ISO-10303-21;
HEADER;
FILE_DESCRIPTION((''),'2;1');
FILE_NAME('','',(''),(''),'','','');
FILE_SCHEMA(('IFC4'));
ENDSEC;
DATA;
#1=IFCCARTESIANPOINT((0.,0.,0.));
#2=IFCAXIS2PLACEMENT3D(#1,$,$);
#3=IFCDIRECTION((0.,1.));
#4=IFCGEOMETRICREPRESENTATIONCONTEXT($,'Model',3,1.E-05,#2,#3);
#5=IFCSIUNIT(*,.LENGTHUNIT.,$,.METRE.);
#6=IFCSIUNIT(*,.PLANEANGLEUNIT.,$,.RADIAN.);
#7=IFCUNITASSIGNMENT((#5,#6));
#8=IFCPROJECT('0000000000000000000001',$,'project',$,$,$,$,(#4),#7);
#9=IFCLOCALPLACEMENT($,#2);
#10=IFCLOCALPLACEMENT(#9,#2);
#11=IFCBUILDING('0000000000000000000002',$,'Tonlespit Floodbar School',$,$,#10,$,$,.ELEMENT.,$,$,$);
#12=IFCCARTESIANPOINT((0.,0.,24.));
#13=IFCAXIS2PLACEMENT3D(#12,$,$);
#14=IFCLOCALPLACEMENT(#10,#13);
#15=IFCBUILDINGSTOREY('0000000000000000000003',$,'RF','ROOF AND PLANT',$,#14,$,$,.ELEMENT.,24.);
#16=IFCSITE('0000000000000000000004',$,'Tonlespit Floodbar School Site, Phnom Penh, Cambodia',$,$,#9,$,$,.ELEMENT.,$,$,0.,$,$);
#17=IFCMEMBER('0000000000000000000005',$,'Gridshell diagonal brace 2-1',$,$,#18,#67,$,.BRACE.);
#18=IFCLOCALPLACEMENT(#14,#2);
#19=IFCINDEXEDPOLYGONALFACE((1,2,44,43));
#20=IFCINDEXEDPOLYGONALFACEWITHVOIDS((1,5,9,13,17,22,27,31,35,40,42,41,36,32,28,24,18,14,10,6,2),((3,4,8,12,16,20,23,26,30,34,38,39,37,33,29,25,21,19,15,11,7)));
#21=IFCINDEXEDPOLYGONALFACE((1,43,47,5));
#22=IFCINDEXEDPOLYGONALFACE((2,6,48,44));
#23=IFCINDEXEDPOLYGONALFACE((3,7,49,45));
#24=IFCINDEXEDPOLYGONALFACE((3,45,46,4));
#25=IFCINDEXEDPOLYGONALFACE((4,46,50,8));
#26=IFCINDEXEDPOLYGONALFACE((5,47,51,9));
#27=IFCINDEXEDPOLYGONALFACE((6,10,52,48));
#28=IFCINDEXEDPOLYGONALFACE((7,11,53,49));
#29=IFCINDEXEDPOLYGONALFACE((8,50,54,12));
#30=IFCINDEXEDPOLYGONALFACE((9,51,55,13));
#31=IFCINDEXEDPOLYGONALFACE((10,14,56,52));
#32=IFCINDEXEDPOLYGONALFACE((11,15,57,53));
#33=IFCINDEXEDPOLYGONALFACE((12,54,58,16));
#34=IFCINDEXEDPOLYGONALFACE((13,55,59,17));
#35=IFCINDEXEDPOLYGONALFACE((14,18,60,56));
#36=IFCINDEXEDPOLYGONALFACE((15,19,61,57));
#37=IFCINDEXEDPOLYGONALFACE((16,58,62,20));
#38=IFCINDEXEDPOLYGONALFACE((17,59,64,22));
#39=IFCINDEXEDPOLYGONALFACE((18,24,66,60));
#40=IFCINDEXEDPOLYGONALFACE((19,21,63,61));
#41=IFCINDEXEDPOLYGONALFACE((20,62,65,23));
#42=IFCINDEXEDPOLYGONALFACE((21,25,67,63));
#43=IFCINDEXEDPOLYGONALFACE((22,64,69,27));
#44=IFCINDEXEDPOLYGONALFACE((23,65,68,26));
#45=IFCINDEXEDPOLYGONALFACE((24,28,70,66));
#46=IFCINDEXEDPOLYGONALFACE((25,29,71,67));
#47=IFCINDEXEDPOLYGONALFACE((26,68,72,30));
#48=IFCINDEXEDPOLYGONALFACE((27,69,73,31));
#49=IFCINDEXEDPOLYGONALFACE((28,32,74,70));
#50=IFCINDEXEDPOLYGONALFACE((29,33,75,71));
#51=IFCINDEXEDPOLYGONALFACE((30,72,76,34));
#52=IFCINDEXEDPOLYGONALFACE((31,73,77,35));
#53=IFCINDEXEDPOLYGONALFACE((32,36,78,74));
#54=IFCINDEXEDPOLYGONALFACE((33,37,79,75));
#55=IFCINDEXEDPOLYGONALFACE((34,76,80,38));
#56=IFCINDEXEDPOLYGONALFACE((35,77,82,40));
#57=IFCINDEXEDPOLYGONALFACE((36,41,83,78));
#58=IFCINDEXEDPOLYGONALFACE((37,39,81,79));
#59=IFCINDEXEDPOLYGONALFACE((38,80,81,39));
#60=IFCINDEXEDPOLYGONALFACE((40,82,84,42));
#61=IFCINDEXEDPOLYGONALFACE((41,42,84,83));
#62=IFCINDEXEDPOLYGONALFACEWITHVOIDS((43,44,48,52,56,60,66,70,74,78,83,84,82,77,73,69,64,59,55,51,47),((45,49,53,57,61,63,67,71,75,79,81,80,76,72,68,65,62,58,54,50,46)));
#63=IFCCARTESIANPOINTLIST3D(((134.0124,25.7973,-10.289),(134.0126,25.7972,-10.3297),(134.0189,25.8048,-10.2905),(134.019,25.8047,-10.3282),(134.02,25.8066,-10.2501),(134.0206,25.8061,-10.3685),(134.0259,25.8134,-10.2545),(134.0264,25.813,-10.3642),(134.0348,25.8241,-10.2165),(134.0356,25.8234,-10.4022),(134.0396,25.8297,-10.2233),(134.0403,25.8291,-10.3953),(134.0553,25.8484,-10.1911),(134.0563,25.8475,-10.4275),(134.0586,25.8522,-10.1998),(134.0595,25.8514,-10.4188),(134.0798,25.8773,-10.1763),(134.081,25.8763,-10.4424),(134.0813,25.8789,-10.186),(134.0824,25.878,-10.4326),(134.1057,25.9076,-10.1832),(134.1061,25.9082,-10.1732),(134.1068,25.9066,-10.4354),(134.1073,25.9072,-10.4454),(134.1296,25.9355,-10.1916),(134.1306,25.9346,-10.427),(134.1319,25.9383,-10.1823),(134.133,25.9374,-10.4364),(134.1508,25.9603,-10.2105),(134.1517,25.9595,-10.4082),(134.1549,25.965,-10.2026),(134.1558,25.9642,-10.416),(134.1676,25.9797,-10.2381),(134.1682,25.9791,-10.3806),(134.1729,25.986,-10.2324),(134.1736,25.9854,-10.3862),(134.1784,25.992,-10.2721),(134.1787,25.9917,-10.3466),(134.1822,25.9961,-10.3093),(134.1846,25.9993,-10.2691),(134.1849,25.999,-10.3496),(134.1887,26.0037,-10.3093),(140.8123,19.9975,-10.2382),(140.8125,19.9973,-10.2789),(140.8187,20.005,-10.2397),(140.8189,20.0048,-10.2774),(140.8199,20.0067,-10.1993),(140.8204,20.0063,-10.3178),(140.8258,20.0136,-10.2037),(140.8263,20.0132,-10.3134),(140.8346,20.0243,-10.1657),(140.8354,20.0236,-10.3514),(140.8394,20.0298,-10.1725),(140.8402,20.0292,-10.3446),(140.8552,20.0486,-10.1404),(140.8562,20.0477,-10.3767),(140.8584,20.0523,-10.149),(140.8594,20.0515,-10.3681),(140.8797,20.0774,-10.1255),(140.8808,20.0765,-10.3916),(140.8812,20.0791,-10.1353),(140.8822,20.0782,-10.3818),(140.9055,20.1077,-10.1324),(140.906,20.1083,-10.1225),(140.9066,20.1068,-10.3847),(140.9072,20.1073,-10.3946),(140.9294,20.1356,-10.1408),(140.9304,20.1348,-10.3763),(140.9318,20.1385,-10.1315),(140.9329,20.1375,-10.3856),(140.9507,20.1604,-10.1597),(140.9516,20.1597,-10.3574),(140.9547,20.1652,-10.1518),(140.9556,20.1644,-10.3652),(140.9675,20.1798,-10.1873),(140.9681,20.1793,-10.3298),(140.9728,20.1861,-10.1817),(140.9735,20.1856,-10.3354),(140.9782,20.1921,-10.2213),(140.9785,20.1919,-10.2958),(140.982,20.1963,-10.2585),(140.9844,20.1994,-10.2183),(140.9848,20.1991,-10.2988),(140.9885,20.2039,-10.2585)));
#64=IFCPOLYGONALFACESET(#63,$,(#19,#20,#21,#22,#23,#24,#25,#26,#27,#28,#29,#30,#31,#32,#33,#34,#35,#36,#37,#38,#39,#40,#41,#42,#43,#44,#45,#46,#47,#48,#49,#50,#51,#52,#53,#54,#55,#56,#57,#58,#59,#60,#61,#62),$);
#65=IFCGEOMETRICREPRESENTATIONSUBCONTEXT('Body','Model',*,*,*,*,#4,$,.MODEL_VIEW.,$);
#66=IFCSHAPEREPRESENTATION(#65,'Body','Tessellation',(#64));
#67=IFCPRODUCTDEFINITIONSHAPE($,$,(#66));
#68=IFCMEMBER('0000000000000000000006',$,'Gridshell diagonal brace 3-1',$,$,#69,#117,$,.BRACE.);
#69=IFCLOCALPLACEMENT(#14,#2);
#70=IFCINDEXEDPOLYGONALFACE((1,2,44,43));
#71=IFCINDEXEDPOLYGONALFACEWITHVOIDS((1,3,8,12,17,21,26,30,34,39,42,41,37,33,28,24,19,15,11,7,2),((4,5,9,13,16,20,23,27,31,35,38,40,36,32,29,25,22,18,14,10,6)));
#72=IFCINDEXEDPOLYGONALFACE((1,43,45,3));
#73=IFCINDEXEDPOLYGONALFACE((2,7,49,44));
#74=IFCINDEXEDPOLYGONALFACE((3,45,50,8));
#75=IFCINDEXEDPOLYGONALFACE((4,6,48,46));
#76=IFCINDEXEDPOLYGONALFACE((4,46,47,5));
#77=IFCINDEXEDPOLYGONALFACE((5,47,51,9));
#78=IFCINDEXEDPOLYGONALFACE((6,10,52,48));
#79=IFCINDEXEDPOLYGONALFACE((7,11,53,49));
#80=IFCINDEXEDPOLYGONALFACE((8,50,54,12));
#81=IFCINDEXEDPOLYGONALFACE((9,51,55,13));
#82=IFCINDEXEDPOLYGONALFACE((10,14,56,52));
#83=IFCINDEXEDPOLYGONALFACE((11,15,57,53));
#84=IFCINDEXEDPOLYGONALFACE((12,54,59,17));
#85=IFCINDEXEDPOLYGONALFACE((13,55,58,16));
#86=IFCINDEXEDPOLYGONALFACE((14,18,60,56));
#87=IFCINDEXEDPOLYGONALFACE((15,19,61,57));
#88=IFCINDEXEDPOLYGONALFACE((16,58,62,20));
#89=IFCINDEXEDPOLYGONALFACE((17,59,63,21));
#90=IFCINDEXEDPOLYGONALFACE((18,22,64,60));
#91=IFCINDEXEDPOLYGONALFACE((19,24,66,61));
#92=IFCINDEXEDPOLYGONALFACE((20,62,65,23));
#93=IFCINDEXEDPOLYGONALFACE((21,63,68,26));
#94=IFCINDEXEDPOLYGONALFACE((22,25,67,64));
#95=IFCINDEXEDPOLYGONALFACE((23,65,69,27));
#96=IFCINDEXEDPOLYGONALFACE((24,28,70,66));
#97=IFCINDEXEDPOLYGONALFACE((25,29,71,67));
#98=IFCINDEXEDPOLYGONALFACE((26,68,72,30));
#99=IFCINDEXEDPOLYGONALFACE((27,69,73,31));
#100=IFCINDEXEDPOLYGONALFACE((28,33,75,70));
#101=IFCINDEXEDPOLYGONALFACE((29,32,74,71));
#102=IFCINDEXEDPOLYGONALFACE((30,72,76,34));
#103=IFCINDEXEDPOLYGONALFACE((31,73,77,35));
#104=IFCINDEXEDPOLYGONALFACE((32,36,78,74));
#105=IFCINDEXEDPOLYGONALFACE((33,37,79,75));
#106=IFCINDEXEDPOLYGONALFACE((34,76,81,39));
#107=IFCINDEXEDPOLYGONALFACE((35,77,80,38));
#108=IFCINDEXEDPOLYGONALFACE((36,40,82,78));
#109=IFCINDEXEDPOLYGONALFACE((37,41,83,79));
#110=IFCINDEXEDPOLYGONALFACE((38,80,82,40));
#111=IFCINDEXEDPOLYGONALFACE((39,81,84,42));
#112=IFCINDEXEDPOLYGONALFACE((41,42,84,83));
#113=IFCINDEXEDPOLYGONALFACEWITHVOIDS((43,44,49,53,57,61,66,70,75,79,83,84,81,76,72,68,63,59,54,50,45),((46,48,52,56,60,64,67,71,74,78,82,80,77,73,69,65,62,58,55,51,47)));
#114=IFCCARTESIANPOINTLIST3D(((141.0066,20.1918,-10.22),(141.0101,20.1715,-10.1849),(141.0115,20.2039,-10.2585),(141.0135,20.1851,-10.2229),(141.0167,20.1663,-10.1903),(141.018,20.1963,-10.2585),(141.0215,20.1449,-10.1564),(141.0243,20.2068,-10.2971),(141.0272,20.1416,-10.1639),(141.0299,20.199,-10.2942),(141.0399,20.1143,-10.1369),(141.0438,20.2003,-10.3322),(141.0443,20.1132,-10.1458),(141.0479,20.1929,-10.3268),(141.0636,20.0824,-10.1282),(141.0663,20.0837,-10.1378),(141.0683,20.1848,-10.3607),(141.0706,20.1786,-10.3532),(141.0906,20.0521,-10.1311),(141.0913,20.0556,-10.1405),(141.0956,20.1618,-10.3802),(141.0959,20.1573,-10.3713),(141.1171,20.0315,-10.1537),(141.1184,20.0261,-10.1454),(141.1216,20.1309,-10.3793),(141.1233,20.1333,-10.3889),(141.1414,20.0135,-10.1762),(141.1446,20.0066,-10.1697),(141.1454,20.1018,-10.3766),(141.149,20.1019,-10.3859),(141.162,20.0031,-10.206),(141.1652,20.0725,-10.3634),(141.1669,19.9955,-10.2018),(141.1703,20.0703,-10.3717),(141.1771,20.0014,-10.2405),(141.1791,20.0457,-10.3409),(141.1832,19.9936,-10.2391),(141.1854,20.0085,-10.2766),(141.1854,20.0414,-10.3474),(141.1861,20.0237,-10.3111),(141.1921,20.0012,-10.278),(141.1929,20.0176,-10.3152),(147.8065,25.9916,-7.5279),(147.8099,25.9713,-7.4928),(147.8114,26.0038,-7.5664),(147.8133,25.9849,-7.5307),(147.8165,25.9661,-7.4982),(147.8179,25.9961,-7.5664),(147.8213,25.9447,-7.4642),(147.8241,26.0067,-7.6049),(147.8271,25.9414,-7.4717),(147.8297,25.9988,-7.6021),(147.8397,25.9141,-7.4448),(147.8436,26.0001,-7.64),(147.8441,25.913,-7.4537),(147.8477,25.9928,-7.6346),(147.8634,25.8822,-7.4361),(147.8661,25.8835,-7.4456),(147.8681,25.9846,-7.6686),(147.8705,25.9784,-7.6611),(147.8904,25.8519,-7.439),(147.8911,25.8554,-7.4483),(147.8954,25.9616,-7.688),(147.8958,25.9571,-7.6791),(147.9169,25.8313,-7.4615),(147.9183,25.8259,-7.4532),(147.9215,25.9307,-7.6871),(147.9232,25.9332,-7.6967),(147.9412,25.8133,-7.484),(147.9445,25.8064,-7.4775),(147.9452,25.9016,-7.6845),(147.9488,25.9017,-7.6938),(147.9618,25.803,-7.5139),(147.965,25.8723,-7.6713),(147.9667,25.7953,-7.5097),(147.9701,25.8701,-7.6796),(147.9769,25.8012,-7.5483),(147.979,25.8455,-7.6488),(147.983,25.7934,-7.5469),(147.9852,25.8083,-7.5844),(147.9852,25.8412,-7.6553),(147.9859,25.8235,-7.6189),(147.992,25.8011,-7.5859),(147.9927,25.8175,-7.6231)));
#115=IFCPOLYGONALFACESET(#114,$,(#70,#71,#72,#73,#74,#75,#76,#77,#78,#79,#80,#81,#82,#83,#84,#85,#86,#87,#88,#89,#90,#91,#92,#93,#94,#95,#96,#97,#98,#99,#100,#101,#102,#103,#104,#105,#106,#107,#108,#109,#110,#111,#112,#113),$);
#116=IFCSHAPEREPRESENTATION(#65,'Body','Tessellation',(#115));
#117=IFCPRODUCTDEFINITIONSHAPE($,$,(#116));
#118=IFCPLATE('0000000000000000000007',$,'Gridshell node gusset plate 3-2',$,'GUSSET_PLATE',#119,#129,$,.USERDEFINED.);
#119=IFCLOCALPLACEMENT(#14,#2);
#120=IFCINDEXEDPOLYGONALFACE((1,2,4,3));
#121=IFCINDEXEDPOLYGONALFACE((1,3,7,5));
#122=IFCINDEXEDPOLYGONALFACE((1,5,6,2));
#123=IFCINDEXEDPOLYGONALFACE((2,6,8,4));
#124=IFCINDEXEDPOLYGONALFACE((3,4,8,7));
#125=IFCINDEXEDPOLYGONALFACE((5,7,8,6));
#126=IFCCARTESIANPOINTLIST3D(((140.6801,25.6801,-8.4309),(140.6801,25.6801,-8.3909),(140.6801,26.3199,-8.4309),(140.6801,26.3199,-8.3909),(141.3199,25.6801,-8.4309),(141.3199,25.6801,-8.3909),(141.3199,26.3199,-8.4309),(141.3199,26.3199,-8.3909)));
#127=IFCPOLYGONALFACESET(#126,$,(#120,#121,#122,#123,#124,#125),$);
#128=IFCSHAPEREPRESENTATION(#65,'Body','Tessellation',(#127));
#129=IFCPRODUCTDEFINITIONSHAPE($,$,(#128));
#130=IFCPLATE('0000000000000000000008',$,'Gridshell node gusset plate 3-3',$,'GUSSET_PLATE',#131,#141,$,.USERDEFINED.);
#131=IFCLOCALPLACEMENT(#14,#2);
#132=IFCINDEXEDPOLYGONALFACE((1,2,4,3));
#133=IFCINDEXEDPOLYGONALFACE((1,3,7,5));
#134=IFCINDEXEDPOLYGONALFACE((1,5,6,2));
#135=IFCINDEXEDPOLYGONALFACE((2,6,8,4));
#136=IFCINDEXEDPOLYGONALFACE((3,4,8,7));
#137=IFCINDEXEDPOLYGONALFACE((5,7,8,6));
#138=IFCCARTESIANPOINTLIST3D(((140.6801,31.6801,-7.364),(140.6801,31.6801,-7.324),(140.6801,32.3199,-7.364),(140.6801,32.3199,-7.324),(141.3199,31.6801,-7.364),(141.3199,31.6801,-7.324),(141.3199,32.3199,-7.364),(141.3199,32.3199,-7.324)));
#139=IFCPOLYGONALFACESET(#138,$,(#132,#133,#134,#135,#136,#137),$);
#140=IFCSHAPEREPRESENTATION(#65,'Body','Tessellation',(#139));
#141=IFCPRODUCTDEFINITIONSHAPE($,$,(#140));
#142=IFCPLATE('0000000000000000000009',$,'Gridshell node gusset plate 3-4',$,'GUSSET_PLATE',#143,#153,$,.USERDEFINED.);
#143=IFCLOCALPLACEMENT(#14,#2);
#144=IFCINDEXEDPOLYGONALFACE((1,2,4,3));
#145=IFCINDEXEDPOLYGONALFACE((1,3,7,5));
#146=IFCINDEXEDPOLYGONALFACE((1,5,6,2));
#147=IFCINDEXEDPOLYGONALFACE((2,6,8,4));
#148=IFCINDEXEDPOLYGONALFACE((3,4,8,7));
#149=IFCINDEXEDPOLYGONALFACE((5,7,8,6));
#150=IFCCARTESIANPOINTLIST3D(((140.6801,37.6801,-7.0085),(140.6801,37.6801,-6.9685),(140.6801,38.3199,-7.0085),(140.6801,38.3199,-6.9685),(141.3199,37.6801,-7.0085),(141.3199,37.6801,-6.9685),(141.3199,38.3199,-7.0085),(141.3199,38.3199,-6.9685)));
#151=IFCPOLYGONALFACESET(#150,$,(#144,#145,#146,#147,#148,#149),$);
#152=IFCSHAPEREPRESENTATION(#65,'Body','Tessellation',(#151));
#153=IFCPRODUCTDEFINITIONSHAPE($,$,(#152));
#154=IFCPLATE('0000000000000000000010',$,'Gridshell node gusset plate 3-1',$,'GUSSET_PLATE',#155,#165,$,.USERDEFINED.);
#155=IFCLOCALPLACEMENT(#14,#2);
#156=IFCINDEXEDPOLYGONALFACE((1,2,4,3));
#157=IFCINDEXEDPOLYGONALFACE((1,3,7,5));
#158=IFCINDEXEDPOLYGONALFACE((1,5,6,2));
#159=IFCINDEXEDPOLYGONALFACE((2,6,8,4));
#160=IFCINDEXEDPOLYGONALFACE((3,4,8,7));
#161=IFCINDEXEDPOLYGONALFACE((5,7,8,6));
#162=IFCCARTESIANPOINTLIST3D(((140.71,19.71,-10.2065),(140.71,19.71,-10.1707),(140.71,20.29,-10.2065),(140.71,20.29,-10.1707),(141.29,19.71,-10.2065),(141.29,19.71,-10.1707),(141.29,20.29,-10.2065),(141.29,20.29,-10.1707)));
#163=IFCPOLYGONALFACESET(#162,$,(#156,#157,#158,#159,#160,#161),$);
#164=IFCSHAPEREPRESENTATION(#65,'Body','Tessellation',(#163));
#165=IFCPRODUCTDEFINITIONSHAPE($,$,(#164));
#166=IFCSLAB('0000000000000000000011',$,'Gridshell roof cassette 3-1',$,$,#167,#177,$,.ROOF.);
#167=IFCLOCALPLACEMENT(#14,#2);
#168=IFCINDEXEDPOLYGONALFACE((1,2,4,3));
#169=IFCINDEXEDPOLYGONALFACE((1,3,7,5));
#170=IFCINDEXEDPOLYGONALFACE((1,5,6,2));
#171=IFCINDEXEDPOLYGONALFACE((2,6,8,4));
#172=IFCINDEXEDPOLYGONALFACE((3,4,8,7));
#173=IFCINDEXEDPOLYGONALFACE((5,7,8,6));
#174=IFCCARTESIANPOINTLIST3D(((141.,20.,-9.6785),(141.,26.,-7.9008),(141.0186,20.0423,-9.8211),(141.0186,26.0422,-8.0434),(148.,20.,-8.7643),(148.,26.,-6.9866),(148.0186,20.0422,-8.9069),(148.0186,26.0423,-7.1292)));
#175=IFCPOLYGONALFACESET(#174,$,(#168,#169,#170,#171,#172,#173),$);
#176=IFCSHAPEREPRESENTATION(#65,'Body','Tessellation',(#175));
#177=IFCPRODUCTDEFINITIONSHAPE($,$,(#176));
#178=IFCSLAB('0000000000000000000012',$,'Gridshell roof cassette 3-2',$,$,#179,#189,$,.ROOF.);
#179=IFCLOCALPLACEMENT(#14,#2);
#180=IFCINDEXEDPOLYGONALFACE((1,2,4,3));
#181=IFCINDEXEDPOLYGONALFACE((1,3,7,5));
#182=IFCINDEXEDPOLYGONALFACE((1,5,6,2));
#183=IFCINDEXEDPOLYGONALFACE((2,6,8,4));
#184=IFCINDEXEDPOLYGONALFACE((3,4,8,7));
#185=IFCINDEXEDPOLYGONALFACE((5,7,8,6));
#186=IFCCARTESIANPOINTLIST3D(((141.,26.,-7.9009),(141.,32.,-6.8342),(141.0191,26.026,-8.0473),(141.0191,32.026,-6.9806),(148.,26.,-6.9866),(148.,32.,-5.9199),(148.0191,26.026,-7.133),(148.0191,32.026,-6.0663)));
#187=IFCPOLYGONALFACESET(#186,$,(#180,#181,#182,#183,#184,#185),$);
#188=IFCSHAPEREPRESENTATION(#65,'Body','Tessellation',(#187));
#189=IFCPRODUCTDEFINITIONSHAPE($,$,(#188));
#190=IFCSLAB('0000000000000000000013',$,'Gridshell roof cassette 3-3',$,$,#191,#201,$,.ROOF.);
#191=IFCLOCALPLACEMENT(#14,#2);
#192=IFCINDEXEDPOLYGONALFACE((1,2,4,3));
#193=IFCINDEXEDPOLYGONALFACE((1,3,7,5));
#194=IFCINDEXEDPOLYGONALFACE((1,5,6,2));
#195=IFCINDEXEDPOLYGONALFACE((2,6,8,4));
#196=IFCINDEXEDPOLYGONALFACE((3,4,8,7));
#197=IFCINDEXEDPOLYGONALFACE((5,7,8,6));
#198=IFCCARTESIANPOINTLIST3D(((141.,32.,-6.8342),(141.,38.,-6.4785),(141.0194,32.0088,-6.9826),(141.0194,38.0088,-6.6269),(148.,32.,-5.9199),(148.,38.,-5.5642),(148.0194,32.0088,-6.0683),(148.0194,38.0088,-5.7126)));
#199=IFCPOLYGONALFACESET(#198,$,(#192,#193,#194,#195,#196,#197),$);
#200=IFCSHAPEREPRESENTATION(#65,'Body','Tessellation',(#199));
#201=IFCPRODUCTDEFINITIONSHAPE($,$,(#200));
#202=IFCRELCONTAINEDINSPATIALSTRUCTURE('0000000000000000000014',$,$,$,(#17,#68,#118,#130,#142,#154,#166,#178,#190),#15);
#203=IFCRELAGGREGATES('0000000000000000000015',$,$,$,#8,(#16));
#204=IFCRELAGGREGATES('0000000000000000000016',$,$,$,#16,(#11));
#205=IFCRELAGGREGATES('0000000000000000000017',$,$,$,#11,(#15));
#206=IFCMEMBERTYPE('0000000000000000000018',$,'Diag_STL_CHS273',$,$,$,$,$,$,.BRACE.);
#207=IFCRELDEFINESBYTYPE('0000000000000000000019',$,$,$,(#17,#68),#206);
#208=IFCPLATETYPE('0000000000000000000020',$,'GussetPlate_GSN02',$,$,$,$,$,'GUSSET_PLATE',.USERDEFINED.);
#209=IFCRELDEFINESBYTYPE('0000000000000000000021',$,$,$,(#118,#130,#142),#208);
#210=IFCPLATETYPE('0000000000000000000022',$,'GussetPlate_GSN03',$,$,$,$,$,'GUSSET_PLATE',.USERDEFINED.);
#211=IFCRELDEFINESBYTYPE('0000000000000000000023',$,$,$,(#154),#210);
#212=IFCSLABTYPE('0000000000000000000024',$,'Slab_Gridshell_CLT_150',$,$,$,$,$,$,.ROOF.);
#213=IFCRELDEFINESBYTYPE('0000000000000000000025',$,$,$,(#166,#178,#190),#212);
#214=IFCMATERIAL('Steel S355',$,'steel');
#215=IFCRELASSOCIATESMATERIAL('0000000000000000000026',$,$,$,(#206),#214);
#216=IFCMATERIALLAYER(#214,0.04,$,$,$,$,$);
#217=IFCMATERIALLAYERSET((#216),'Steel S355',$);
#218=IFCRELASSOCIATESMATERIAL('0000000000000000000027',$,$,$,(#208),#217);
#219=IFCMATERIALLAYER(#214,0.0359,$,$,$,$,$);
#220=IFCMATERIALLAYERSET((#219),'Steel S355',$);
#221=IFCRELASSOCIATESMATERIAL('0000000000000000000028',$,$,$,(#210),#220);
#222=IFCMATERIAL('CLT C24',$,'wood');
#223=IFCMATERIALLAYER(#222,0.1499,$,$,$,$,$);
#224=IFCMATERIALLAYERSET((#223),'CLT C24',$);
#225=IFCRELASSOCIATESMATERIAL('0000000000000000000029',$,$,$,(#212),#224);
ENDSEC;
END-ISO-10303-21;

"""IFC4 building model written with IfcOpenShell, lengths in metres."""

from ifc_helpers import new_model, si_unit, direction, frame, origin, origin_2d, place, context, subcontext, project, spatial, polyline, rectangle, hollow_circle, outline, extrude, material, layer, layer_set, material_profile, profile_set, type_object, element, save


model = new_model("IFC4")

# Units and contexts
model_context = context("Model", 3, precision=1e-05, world=origin(), true_north=direction((0.0, 1.0)))
body_context = subcontext(model_context, "Body", "Model", "MODEL_VIEW")
ifc_project = project(units=[si_unit("LENGTHUNIT", "METRE"), si_unit("PLANEANGLEUNIT", "RADIAN")], contexts=[model_context])

# Site, building, storey
site_placement = place(None, origin())
site = spatial("IfcSite", under=ifc_project, at=site_placement, Name="Tonlespit Floodbar School Site, Phnom Penh, Cambodia", CompositionType="ELEMENT", RefElevation=0.0)
building_placement = place(site_placement, origin())
building = spatial("IfcBuilding", under=site, at=building_placement, Name="Tonlespit Floodbar School", CompositionType="ELEMENT")
storey_placement = place(building_placement, frame((0.0, 0.0, 24.0)))
storey = spatial("IfcBuildingStorey", under=building, at=storey_placement, Name="RF", Description="ROOF AND PLANT", CompositionType="ELEMENT", Elevation=24.0)

# Members
ifc_material_1 = material(Name="Steel S355", Category="steel")
ifc_material_profile_1 = material_profile(ifc_material_1, hollow_circle(Radius=0.1365, WallThickness=0.01, at=origin_2d()), Name="CHS 273x10")
ifc_profile_set_1 = profile_set([ifc_material_profile_1], Name="Steel S355")
member_type_1 = type_object("IfcMemberType", Name="Diag_STL_CHS273", PredefinedType="BRACE", material=ifc_profile_set_1)
member_1_placement = place(storey_placement, frame((134.1001, 25.8999, -10.3093), z_axis=(0.760823, -0.648934, 0.005682), x_axis=(0.648945, 0.760836, 0.0)))
element("IfcMember", 1, at=member_1_placement, inside=storey, type_object=member_type_1, Name="Gridshell diagonal brace 2-1", PredefinedType="BRACE", context=body_context, shape_type="SweptSolid", body=[
    extrude(hollow_circle(Radius=0.1365, WallThickness=0.01, at=origin_2d()), origin(), (0.0, 0.0, 1.0), 8.9375),
])
member_2_placement = place(storey_placement, frame((141.1001, 20.1001, -10.2585), z_axis=(0.728502, 0.621366, 0.288424), x_axis=(-0.648945, 0.760836, 0.0)))
element("IfcMember", 2, at=member_2_placement, inside=storey, type_object=member_type_1, Name="Gridshell diagonal brace 3-1", PredefinedType="BRACE", context=body_context, shape_type="SweptSolid", body=[
    extrude(hollow_circle(Radius=0.1365, WallThickness=0.01, at=origin_2d()), origin(), (0.0, 0.0, 1.0), 9.334),
])

# Plates
ifc_layer_1 = layer(ifc_material_1, 0.04)
ifc_layer_set_1 = layer_set([ifc_layer_1], Name="Steel S355")
plate_type_1 = type_object("IfcPlateType", Name="GussetPlate_GSN02", ElementType="GUSSET_PLATE", PredefinedType="USERDEFINED", material=ifc_layer_set_1)
for number, where, z_axis, x_axis, name in (
    (3, (141.0, 26.0, -8.4309), (0.0, 0.0, 1.0), (1.0, 0.0, 0.0), "Gridshell node gusset plate 3-2"),
    (4, (141.0, 32.0, -7.364), (0.0, 0.0, 1.0), (1.0, 0.0, 0.0), "Gridshell node gusset plate 3-3"),
    (5, (141.0, 38.0, -7.0085), (0.0, 0.0, 1.0), (1.0, 0.0, 0.0), "Gridshell node gusset plate 3-4"),
):
    element("IfcPlate", number, at=place(storey_placement, frame(where, z_axis=z_axis, x_axis=x_axis)), inside=storey, type_object=plate_type_1, Name=name, ObjectType="GUSSET_PLATE", PredefinedType="USERDEFINED", context=body_context, shape_type="SweptSolid", body=[
        extrude(rectangle(XDim=0.6399, YDim=0.6399, at=origin_2d()), origin(), (0.0, 0.0, 1.0), 0.04),
    ])
ifc_layer_2 = layer(ifc_material_1, 0.0359)
ifc_layer_set_2 = layer_set([ifc_layer_2], Name="Steel S355")
plate_type_2 = type_object("IfcPlateType", Name="GussetPlate_GSN03", ElementType="GUSSET_PLATE", PredefinedType="USERDEFINED", material=ifc_layer_set_2)
plate_placement = place(storey_placement, frame((141.0, 20.0, -10.2065), z_axis=(0.0, 0.0, 1.0), x_axis=(1.0, 0.0, 0.0)))
element("IfcPlate", 6, at=plate_placement, inside=storey, type_object=plate_type_2, Name="Gridshell node gusset plate 3-1", ObjectType="GUSSET_PLATE", PredefinedType="USERDEFINED", context=body_context, shape_type="SweptSolid", body=[
    extrude(rectangle(XDim=0.5801, YDim=0.5801, at=origin_2d()), origin(), (0.0, 0.0, 1.0), 0.0359),
])

# Slabs
ifc_material_2 = material(Name="CLT C24", Category="wood")
ifc_layer_3 = layer(ifc_material_2, 0.1499)
ifc_layer_set_3 = layer_set([ifc_layer_3], Name="CLT C24")
slab_type = type_object("IfcSlabType", Name="Slab_Gridshell_CLT_150", PredefinedType="ROOF", material=ifc_layer_set_3)
slab_1_placement = place(storey_placement, frame((141.0, 20.0, -9.6785), z_axis=(-0.124247, -0.281877, 0.951372), x_axis=(0.99158, -0.000005, 0.129497)))
element("IfcSlab", 7, at=slab_1_placement, inside=storey, type_object=slab_type, Name="Gridshell roof cassette 3-1", PredefinedType="ROOF", context=body_context, shape_type="SweptSolid", body=[
    extrude(outline(polyline([(0.0, 0.0), (7.0594, 0.0), (7.2896, 6.2536), (0.2302, 6.2535), (0.0, 0.0)])), origin(), (0.0, 0.0, -1.0), 0.1499),
])
slab_2_placement = place(storey_placement, frame((141.0, 26.0, -7.9009), z_axis=(-0.127549, -0.173601, 0.976521), x_axis=(0.991577, 0.0, 0.129515)))
element("IfcSlab", 8, at=slab_2_placement, inside=storey, type_object=slab_type, Name="Gridshell roof cassette 3-2", PredefinedType="ROOF", context=body_context, shape_type="SweptSolid", body=[
    extrude(outline(polyline([(0.0, 0.0), (7.0595, 0.0), (7.1976, 6.0925), (0.1381, 6.0925), (0.0, 0.0)])), origin(), (0.0, 0.0, -1.0), 0.1499),
])
slab_3_placement = place(storey_placement, frame((141.0, 32.0, -6.8342), z_axis=(-0.129292, -0.058685, 0.989869), x_axis=(0.991577, 0.0, 0.129515)))
element("IfcSlab", 9, at=slab_3_placement, inside=storey, type_object=slab_type, Name="Gridshell roof cassette 3-3", PredefinedType="ROOF", context=body_context, shape_type="SweptSolid", body=[
    extrude(outline(polyline([(0.0, 0.0), (7.0595, 0.0), (7.1055, 6.0104), (0.0461, 6.0104), (0.0, 0.0)])), origin(), (0.0, 0.0, -1.0), 0.1499),
])

save(model, "model.ifc")
